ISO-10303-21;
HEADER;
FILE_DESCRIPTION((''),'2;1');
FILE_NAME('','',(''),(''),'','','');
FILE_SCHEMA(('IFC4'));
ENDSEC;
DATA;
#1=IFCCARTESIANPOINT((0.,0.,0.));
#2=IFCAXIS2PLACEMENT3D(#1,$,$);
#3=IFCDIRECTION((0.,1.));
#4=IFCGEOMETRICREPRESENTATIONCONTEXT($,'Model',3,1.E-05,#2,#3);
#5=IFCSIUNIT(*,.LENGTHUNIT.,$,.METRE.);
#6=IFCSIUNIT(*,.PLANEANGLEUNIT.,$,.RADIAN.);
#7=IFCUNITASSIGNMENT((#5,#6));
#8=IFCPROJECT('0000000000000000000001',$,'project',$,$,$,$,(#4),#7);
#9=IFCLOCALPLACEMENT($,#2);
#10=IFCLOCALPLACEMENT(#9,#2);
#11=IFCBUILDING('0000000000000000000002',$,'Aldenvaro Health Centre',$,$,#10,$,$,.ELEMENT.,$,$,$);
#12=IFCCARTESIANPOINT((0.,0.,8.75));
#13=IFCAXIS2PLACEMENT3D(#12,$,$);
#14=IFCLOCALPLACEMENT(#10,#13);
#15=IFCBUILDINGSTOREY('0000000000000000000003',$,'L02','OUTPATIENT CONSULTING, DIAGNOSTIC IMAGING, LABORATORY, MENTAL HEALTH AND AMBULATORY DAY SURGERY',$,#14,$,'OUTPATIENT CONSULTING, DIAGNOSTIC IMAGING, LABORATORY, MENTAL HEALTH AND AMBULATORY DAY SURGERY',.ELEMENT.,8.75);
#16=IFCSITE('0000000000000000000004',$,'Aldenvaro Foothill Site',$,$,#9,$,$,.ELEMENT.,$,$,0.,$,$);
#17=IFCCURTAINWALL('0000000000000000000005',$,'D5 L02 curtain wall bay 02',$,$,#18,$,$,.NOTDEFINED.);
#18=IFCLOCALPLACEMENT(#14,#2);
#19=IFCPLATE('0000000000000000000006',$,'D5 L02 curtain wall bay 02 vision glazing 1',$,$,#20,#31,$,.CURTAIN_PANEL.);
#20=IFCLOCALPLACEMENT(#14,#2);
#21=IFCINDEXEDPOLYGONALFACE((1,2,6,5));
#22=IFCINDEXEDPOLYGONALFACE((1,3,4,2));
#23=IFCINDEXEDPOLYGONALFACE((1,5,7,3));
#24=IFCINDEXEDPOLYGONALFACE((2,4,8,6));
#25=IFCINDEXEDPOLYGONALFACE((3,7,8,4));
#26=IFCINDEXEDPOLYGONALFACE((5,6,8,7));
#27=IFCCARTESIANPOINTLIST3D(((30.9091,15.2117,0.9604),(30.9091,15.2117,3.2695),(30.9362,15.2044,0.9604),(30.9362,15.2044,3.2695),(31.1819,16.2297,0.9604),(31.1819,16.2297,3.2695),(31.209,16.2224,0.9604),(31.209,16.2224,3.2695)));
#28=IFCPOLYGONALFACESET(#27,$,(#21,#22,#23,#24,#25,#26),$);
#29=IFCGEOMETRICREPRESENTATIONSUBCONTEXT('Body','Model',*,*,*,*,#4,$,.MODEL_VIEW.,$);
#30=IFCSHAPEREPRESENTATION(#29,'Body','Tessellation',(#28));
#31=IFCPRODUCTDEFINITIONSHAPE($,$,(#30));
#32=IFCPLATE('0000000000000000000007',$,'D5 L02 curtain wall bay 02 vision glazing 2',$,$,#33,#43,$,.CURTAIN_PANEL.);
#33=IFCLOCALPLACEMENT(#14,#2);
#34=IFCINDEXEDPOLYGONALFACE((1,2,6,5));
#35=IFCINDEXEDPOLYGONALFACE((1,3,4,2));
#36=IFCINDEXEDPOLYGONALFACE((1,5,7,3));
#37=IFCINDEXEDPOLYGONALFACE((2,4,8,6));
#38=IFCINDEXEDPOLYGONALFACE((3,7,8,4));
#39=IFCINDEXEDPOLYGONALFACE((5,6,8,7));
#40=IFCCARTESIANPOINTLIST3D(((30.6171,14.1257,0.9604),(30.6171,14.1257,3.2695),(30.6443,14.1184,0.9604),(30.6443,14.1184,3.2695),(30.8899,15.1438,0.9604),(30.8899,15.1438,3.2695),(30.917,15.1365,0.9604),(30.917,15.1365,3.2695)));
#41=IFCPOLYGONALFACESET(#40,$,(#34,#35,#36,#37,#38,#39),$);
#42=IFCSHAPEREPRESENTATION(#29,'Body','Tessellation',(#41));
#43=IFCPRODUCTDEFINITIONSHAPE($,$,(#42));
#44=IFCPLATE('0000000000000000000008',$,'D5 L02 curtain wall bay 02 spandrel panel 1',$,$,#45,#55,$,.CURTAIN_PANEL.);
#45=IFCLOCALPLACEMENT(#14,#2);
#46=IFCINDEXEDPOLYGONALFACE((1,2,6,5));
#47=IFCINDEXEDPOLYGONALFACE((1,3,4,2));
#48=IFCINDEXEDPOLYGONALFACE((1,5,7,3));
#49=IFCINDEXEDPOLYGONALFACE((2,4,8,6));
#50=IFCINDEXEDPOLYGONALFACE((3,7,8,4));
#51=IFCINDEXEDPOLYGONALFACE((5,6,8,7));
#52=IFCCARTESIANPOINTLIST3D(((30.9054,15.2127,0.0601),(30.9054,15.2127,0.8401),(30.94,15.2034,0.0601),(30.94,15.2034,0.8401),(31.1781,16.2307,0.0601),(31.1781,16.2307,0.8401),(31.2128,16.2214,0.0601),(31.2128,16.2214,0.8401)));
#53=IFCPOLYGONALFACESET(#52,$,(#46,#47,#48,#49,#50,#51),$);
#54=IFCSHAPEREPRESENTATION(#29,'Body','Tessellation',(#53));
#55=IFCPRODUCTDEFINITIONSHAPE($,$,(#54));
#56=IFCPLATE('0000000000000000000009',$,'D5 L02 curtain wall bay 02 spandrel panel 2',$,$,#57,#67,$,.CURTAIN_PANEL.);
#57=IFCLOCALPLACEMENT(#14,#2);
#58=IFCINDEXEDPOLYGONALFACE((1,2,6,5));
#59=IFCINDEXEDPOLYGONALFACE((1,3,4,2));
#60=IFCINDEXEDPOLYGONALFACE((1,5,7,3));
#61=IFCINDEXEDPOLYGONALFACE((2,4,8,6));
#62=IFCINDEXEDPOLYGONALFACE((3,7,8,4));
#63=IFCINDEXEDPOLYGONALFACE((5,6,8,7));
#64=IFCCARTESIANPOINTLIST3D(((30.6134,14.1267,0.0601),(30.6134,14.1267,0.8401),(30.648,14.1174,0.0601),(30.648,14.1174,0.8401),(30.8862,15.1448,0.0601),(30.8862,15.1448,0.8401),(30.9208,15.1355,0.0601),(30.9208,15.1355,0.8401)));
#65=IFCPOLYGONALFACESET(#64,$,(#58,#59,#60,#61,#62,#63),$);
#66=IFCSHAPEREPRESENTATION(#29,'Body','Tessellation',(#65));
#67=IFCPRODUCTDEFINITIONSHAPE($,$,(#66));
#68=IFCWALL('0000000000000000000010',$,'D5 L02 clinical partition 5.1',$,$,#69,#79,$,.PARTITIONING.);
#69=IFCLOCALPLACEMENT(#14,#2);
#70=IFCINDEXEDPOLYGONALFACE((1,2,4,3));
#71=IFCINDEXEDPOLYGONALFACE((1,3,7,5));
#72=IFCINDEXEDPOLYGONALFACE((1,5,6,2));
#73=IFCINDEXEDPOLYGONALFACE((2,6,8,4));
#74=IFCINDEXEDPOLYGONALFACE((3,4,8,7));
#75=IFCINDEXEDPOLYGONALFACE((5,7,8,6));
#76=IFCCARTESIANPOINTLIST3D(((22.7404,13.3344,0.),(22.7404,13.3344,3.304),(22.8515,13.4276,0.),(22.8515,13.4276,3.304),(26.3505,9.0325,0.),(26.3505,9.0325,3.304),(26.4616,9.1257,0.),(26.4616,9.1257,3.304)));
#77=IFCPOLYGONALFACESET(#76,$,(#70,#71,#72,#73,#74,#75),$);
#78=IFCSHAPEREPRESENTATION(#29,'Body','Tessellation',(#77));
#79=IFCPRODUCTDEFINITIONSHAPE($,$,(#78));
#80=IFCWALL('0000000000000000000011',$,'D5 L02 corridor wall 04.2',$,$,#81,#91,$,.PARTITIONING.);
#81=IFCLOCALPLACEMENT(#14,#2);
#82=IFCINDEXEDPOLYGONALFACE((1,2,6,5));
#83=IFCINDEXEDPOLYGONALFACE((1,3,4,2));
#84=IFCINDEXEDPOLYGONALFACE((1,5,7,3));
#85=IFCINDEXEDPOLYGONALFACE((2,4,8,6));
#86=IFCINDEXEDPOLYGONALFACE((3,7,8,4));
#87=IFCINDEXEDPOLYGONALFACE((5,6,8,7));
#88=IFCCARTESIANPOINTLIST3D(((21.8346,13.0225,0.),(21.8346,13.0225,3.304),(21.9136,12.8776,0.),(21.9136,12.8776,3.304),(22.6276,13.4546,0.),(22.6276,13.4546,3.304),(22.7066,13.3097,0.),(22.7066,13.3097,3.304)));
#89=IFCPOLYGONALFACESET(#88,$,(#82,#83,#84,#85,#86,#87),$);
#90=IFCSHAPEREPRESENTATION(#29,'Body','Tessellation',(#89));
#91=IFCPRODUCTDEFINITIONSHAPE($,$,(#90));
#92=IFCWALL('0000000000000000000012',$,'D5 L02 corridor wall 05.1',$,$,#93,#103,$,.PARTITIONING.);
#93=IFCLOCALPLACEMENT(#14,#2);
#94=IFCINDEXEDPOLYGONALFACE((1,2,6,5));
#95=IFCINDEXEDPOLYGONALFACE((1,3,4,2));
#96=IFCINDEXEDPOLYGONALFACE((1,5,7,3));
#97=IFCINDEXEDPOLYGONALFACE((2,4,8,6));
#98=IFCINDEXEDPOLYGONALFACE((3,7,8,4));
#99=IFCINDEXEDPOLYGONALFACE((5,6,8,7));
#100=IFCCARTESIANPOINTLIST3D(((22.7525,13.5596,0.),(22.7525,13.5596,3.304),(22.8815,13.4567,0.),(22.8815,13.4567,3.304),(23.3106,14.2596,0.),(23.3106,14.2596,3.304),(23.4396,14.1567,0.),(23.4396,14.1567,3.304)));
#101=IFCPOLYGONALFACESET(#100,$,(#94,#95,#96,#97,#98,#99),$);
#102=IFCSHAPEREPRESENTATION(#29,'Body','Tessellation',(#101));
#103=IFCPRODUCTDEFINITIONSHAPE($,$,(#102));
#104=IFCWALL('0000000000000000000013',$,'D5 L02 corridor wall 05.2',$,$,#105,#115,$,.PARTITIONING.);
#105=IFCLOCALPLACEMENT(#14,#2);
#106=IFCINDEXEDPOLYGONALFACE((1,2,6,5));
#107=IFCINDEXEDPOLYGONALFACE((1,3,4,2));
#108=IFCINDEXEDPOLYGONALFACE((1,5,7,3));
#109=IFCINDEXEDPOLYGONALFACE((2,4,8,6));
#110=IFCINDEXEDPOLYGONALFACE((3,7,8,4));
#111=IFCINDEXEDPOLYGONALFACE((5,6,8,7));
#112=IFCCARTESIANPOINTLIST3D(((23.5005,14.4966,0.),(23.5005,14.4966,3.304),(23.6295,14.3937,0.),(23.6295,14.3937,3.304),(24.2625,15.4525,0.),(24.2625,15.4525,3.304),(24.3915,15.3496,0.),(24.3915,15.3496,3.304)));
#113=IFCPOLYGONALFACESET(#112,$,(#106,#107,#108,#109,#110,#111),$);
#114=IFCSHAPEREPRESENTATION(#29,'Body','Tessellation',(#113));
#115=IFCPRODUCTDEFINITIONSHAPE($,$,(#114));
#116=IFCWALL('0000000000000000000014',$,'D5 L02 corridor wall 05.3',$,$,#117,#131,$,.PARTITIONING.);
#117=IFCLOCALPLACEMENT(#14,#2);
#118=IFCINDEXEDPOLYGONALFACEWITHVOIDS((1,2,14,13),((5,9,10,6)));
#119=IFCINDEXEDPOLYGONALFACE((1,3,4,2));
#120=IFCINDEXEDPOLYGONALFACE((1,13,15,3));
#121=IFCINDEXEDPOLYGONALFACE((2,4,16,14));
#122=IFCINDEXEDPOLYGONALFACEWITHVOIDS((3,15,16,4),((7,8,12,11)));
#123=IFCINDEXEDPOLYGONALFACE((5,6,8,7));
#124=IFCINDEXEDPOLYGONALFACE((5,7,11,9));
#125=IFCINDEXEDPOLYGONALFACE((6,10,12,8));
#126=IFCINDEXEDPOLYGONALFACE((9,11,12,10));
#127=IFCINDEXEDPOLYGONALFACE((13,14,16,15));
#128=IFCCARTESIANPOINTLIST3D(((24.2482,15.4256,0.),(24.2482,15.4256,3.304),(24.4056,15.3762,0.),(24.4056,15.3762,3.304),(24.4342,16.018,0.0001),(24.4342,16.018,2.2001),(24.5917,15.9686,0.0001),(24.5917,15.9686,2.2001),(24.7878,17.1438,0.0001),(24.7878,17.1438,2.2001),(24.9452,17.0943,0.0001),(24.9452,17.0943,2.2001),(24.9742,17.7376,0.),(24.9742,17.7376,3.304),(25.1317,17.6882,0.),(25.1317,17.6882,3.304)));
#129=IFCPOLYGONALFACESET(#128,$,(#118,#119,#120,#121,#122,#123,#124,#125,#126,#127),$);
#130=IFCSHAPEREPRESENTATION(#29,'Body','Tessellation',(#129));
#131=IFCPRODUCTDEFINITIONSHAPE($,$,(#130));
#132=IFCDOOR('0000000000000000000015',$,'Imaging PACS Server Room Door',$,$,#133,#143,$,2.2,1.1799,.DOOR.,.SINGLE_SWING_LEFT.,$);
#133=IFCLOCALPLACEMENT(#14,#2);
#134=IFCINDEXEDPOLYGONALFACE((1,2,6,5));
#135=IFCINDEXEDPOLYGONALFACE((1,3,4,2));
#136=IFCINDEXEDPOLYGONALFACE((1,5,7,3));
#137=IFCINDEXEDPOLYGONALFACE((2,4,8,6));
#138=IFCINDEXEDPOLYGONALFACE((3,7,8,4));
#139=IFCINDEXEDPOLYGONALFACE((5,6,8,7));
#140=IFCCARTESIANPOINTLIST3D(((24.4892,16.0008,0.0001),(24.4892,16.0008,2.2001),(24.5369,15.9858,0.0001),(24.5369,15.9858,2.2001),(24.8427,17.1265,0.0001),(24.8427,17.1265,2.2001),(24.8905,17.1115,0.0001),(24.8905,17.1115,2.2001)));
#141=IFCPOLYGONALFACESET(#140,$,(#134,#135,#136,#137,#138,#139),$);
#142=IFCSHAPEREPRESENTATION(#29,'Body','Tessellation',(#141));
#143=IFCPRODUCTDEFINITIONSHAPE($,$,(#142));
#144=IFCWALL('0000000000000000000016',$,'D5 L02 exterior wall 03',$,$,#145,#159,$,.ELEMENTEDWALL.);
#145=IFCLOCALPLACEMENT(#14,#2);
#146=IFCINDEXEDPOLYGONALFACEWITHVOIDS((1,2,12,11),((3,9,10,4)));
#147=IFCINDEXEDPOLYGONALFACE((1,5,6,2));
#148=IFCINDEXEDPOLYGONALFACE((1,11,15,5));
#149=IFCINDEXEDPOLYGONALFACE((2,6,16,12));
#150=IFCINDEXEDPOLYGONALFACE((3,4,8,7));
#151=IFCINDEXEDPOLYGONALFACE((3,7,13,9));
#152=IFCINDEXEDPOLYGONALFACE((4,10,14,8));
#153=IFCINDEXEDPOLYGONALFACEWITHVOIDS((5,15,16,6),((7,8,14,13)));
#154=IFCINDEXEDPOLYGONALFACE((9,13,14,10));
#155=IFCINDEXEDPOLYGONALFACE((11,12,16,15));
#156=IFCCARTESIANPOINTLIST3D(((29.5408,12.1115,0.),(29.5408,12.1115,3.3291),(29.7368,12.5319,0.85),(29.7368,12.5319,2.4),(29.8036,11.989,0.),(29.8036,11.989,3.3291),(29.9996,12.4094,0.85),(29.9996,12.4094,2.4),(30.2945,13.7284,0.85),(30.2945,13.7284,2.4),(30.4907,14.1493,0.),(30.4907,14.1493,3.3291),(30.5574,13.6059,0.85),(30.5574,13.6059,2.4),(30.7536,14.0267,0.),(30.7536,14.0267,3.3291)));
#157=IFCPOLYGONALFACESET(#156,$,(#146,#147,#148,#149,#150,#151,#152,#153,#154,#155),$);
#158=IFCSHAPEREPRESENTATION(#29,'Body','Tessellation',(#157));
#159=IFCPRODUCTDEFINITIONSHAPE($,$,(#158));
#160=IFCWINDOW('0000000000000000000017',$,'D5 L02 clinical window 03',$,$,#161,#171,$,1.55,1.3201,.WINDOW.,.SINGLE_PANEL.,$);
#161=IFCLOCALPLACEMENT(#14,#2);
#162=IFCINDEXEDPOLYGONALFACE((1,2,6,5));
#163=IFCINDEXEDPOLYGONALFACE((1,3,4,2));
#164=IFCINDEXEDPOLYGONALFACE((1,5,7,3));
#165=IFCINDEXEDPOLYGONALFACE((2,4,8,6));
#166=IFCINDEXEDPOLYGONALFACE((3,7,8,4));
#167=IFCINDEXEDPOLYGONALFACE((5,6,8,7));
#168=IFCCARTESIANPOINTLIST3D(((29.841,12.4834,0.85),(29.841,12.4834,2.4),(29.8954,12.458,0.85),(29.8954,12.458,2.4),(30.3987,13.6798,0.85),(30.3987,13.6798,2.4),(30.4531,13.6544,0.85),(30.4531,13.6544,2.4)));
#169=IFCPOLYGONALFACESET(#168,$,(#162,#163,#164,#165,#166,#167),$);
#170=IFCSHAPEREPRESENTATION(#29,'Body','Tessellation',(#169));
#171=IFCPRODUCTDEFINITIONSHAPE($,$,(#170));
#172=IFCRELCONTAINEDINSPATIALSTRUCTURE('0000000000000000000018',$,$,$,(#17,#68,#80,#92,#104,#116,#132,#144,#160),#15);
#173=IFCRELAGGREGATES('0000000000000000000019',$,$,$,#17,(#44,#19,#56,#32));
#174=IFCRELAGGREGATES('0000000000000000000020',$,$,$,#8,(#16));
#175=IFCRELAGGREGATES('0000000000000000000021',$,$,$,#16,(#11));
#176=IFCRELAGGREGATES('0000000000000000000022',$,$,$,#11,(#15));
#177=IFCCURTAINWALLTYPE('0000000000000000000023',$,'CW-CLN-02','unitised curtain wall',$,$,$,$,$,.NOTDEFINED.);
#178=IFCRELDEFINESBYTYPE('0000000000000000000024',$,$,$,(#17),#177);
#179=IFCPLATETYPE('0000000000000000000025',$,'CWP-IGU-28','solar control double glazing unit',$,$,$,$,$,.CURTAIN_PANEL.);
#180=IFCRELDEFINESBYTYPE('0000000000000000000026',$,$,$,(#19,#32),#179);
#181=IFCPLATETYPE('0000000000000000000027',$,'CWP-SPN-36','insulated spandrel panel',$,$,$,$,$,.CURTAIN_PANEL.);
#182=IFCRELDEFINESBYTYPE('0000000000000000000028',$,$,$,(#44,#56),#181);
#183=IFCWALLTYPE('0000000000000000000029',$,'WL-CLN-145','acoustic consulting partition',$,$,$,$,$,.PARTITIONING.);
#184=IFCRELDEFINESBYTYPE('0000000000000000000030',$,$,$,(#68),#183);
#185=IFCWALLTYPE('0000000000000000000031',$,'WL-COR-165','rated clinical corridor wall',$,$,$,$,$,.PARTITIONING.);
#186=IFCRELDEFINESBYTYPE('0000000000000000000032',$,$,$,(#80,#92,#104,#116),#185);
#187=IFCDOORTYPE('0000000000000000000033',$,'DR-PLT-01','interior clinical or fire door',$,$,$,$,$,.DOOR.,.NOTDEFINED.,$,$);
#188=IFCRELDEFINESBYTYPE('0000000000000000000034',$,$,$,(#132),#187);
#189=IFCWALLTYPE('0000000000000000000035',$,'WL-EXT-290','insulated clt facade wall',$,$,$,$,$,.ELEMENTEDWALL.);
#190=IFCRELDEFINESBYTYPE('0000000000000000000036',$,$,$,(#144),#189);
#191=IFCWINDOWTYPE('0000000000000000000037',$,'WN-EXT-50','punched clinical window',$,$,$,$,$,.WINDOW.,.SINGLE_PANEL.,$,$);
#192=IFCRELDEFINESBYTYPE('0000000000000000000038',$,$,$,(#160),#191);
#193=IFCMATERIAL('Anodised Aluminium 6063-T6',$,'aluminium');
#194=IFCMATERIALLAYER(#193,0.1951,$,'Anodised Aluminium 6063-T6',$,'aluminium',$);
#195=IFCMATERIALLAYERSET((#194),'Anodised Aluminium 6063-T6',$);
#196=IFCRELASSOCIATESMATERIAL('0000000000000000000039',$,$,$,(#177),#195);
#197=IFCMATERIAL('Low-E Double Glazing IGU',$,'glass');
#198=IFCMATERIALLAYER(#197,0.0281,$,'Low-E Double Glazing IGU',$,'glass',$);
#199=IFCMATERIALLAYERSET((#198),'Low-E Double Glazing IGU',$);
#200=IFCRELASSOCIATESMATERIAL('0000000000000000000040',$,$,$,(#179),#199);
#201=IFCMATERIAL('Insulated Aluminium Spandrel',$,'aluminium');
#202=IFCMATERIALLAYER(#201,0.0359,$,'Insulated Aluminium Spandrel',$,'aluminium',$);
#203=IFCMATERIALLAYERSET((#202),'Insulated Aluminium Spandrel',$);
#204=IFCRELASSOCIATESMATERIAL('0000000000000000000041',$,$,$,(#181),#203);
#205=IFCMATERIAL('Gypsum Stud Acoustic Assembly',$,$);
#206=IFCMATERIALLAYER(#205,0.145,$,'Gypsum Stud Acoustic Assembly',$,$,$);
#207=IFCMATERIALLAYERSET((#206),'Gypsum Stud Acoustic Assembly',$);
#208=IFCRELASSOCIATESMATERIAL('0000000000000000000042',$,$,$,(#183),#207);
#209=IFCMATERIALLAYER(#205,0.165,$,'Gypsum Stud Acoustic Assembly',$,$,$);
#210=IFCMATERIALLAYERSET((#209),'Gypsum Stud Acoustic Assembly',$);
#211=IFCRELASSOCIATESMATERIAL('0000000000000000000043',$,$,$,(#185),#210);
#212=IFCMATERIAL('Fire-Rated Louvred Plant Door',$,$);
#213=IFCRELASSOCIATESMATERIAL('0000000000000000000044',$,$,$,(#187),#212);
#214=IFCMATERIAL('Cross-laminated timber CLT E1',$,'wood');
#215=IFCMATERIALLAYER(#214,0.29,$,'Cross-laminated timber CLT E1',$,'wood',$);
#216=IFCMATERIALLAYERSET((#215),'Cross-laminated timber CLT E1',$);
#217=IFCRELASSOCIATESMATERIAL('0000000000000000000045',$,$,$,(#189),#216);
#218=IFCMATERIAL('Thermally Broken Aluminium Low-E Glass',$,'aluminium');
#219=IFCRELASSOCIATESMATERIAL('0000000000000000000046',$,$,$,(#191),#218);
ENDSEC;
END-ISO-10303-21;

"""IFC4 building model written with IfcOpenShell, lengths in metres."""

from ifc_helpers import new_model, si_unit, direction, frame, frame_2d, origin, origin_2d, place, context, subcontext, project, spatial, rectangle, extrude, material, layer, layer_set, type_object, element, fill, aggregate, save


model = new_model("IFC4")

# Units and contexts
model_context = context("Model", 3, precision=1e-05, world=origin(), true_north=direction((0.0, 1.0)))
body_context = subcontext(model_context, "Body", "Model", "MODEL_VIEW")
ifc_project = project(units=[si_unit("LENGTHUNIT", "METRE"), si_unit("PLANEANGLEUNIT", "RADIAN")], contexts=[model_context])

# Site, building, storey
site_placement = place(None, origin())
site = spatial("IfcSite", under=ifc_project, at=site_placement, Name="Aldenvaro Foothill Site", CompositionType="ELEMENT", RefElevation=0.0)
building_placement = place(site_placement, origin())
building = spatial("IfcBuilding", under=site, at=building_placement, Name="Aldenvaro Health Centre", CompositionType="ELEMENT")
storey_placement = place(building_placement, frame((0.0, 0.0, 8.75)))
storey = spatial("IfcBuildingStorey", under=building, at=storey_placement, Name="L02", Description="OUTPATIENT CONSULTING, DIAGNOSTIC IMAGING, LABORATORY, MENTAL HEALTH AND AMBULATORY DAY SURGERY", LongName="OUTPATIENT CONSULTING, DIAGNOSTIC IMAGING, LABORATORY, MENTAL HEALTH AND AMBULATORY DAY SURGERY", CompositionType="ELEMENT", Elevation=8.75)

# Curtain wall, plates
ifc_material_1 = material(Name="Anodised Aluminium 6063-T6", Category="aluminium")
ifc_layer_1 = layer(ifc_material_1, 0.1951, Name="Anodised Aluminium 6063-T6", Category="aluminium")
ifc_layer_set_1 = layer_set([ifc_layer_1], Name="Anodised Aluminium 6063-T6")
curtain_wall_type = type_object("IfcCurtainWallType", Name="CW-CLN-02", Description="unitised curtain wall", PredefinedType="NOTDEFINED", material=ifc_layer_set_1)
curtain_wall_placement = place(storey_placement, origin())
curtain_wall = element("IfcCurtainWall", 1, at=curtain_wall_placement, inside=storey, type_object=curtain_wall_type, Name="D5 L02 curtain wall bay 02", PredefinedType="NOTDEFINED")
ifc_material_2 = material(Name="Low-E Double Glazing IGU", Category="glass")
ifc_layer_2 = layer(ifc_material_2, 0.0281, Name="Low-E Double Glazing IGU", Category="glass")
ifc_layer_set_2 = layer_set([ifc_layer_2], Name="Low-E Double Glazing IGU")
plate_type_1 = type_object("IfcPlateType", Name="CWP-IGU-28", Description="solar control double glazing unit", PredefinedType="CURTAIN_PANEL", material=ifc_layer_set_2)
plate_1_placement = place(storey_placement, frame((31.0591, 15.717, 0.9604), z_axis=(0.0, 0.0, 1.0), x_axis=(-0.258825, -0.965924, 0.0)))
plate_1 = element("IfcPlate", 2, at=plate_1_placement, type_object=plate_type_1, Name="D5 L02 curtain wall bay 02 vision glazing 1", PredefinedType="CURTAIN_PANEL", context=body_context, shape_type="SweptSolid", body=[
    extrude(rectangle(XDim=1.054, YDim=0.0281, at=origin_2d()), origin(), (0.0, 0.0, 1.0), 2.3091),
])
plate_2_placement = place(storey_placement, frame((30.7671, 14.6311, 0.9604), z_axis=(0.0, 0.0, 1.0), x_axis=(-0.258825, -0.965924, 0.0)))
plate_2 = element("IfcPlate", 3, at=plate_2_placement, type_object=plate_type_1, Name="D5 L02 curtain wall bay 02 vision glazing 2", PredefinedType="CURTAIN_PANEL", context=body_context, shape_type="SweptSolid", body=[
    extrude(rectangle(XDim=1.054, YDim=0.0281, at=origin_2d()), origin(), (0.0, 0.0, 1.0), 2.3091),
])
ifc_material_3 = material(Name="Insulated Aluminium Spandrel", Category="aluminium")
ifc_layer_3 = layer(ifc_material_3, 0.0359, Name="Insulated Aluminium Spandrel", Category="aluminium")
ifc_layer_set_3 = layer_set([ifc_layer_3], Name="Insulated Aluminium Spandrel")
plate_type_2 = type_object("IfcPlateType", Name="CWP-SPN-36", Description="insulated spandrel panel", PredefinedType="CURTAIN_PANEL", material=ifc_layer_set_3)
plate_3_placement = place(storey_placement, frame((31.0591, 15.717, 0.0601), z_axis=(0.0, 0.0, 1.0), x_axis=(-0.258825, -0.965924, 0.0)))
plate_3 = element("IfcPlate", 4, at=plate_3_placement, type_object=plate_type_2, Name="D5 L02 curtain wall bay 02 spandrel panel 1", PredefinedType="CURTAIN_PANEL", context=body_context, shape_type="SweptSolid", body=[
    extrude(rectangle(XDim=1.054, YDim=0.0359, at=origin_2d()), origin(), (0.0, 0.0, 1.0), 0.78),
])
plate_4_placement = place(storey_placement, frame((30.7671, 14.6311, 0.0601), z_axis=(0.0, 0.0, 1.0), x_axis=(-0.258825, -0.965924, 0.0)))
plate_4 = element("IfcPlate", 5, at=plate_4_placement, type_object=plate_type_2, Name="D5 L02 curtain wall bay 02 spandrel panel 2", PredefinedType="CURTAIN_PANEL", context=body_context, shape_type="SweptSolid", body=[
    extrude(rectangle(XDim=1.054, YDim=0.0359, at=origin_2d()), origin(), (0.0, 0.0, 1.0), 0.78),
])
aggregate(curtain_wall, [plate_3, plate_1, plate_4, plate_2])

# Walls
ifc_material_4 = material(Name="Gypsum Stud Acoustic Assembly")
ifc_layer_4 = layer(ifc_material_4, 0.145, Name="Gypsum Stud Acoustic Assembly")
ifc_layer_set_4 = layer_set([ifc_layer_4], Name="Gypsum Stud Acoustic Assembly")
wall_type_1 = type_object("IfcWallType", Name="WL-CLN-145", Description="acoustic consulting partition", PredefinedType="PARTITIONING", material=ifc_layer_set_4)
wall_1_placement = place(storey_placement, frame((22.7959, 13.3811, 0.0), z_axis=(0.0, 0.0, 1.0), x_axis=(0.642819, -0.766018, 0.0)))
element("IfcWall", 6, at=wall_1_placement, inside=storey, type_object=wall_type_1, Name="D5 L02 clinical partition 5.1", PredefinedType="PARTITIONING", context=body_context, shape_type="SweptSolid", body=[
    extrude(rectangle(XDim=5.616, YDim=0.145, at=frame_2d((2.8081, 0.0))), origin(), (0.0, 0.0, 1.0), 3.304),
])
ifc_layer_5 = layer(ifc_material_4, 0.165, Name="Gypsum Stud Acoustic Assembly")
ifc_layer_set_5 = layer_set([ifc_layer_5], Name="Gypsum Stud Acoustic Assembly")
wall_type_2 = type_object("IfcWallType", Name="WL-COR-165", Description="rated clinical corridor wall", PredefinedType="PARTITIONING", material=ifc_layer_set_5)
wall_2_placement = place(storey_placement, frame((21.874, 12.95, 0.0), z_axis=(0.0, 0.0, 1.0), x_axis=(0.878081, 0.478511, 0.0)))
element("IfcWall", 7, at=wall_2_placement, inside=storey, type_object=wall_type_2, Name="D5 L02 corridor wall 04.2", PredefinedType="PARTITIONING", context=body_context, shape_type="SweptSolid", body=[
    extrude(rectangle(XDim=0.9031, YDim=0.165, at=frame_2d((0.4517, 0.0))), origin(), (0.0, 0.0, 1.0), 3.304),
])
wall_3_placement = place(storey_placement, frame((22.8169, 13.5081, 0.0), z_axis=(0.0, 0.0, 1.0), x_axis=(0.62343, 0.781879, 0.0)))
element("IfcWall", 8, at=wall_3_placement, inside=storey, type_object=wall_type_2, Name="D5 L02 corridor wall 05.1", PredefinedType="PARTITIONING", context=body_context, shape_type="SweptSolid", body=[
    extrude(rectangle(XDim=0.8953, YDim=0.165, at=frame_2d((0.4478, 0.0))), origin(), (0.0, 0.0, 1.0), 3.304),
])
wall_4_placement = place(storey_placement, frame((23.5649, 14.4451, 0.0), z_axis=(0.0, 0.0, 1.0), x_axis=(0.623354, 0.781939, 0.0)))
element("IfcWall", 9, at=wall_4_placement, inside=storey, type_object=wall_type_2, Name="D5 L02 corridor wall 05.2", PredefinedType="PARTITIONING", context=body_context, shape_type="SweptSolid", body=[
    extrude(rectangle(XDim=1.2224, YDim=0.165, at=frame_2d((0.6113, 0.0))), origin(), (0.0, 0.0, 1.0), 3.304),
])

# Wall, opening, door
wall_5_placement = place(storey_placement, frame((24.3269, 15.4009, 0.0), z_axis=(0.0, 0.0, 1.0), x_axis=(0.299617, 0.95406, 0.0)))
wall_5 = element("IfcWall", 10, at=wall_5_placement, inside=storey, type_object=wall_type_2, Name="D5 L02 corridor wall 05.3", PredefinedType="PARTITIONING", context=body_context, shape_type="SweptSolid", body=[
    extrude(rectangle(XDim=2.4233, YDim=0.165, at=frame_2d((1.2117, 0.0))), origin(), (0.0, 0.0, 1.0), 3.304),
])
opening_1_placement = place(wall_5_placement, frame((0.6211, 0.0, 0.0)))
opening_1 = element("IfcOpeningElement", 11, at=opening_1_placement, cuts=wall_5, PredefinedType="OPENING", context=body_context, shape_type="SweptSolid", body=[
    extrude(rectangle(XDim=1.1799, YDim=2.2, at=frame_2d((0.5898, 1.1001))), frame((0.0, 0.0925, 0.0), z_axis=(0.0, -1.0, 0.0), x_axis=(1.0, 0.0, 0.0)), (0.0, 0.0, 1.0), 0.1851),
])
ifc_material_5 = material(Name="Fire-Rated Louvred Plant Door")
door_type_1 = type_object("IfcDoorType", Name="DR-PLT-01", Description="interior clinical or fire door", OperationType="NOTDEFINED", PredefinedType="DOOR", material=ifc_material_5)
door_1_placement = place(opening_1_placement, origin())
door_1 = element("IfcDoor", 12, at=door_1_placement, inside=storey, type_object=door_type_1, Name="Imaging PACS Server Room Door", OperationType="SINGLE_SWING_LEFT", OverallHeight=2.2, OverallWidth=1.1799, PredefinedType="DOOR", context=body_context, shape_type="SweptSolid", body=[
    extrude(rectangle(XDim=1.1799, YDim=2.2, at=frame_2d((0.5898, 1.1001))), frame((0.0, 0.0249, 0.0), z_axis=(0.0, -1.0, 0.0), x_axis=(1.0, 0.0, 0.0)), (0.0, 0.0, 1.0), 0.05),
])
fill(opening_1, door_1)

# Wall, opening, window
ifc_material_6 = material(Name="Cross-laminated timber CLT E1", Category="wood")
ifc_layer_6 = layer(ifc_material_6, 0.29, Name="Cross-laminated timber CLT E1", Category="wood")
ifc_layer_set_6 = layer_set([ifc_layer_6], Name="Cross-laminated timber CLT E1")
wall_type_3 = type_object("IfcWallType", Name="WL-EXT-290", Description="insulated clt facade wall", PredefinedType="ELEMENTEDWALL", material=ifc_layer_set_6)
wall_6_placement = place(storey_placement, frame((30.6221, 14.0879, 0.0), z_axis=(0.0, 0.0, 1.0), x_axis=(-0.422505, -0.906361, 0.0)))
wall_6 = element("IfcWall", 13, at=wall_6_placement, inside=storey, type_object=wall_type_3, Name="D5 L02 exterior wall 03", PredefinedType="ELEMENTEDWALL", context=body_context, shape_type="SweptSolid", body=[
    extrude(rectangle(XDim=2.2483, YDim=0.29, at=frame_2d((1.124, 0.0))), origin(), (0.0, 0.0, 1.0), 3.3291),
])
opening_2_placement = place(wall_6_placement, frame((0.4641, 0.0, 0.8501)))
opening_2 = element("IfcOpeningElement", 14, at=opening_2_placement, cuts=wall_6, PredefinedType="OPENING", context=body_context, shape_type="SweptSolid", body=[
    extrude(rectangle(XDim=1.3201, YDim=1.55, at=frame_2d((0.6602, 0.7749))), frame((0.0, 0.155, 0.0), z_axis=(0.0, -1.0, 0.0), x_axis=(1.0, 0.0, 0.0)), (0.0, 0.0, 1.0), 0.3101),
])
ifc_material_7 = material(Name="Thermally Broken Aluminium Low-E Glass", Category="aluminium")
window_type_1 = type_object("IfcWindowType", Name="WN-EXT-50", Description="punched clinical window", PartitioningType="SINGLE_PANEL", PredefinedType="WINDOW", material=ifc_material_7)
window_1_placement = place(opening_2_placement, origin())
window_1 = element("IfcWindow", 15, at=window_1_placement, inside=storey, type_object=window_type_1, Name="D5 L02 clinical window 03", OverallHeight=1.55, OverallWidth=1.3201, PartitioningType="SINGLE_PANEL", PredefinedType="WINDOW", context=body_context, shape_type="SweptSolid", body=[
    extrude(rectangle(XDim=1.3201, YDim=1.55, at=frame_2d((0.6602, 0.7749))), frame((0.0, 0.03, 0.0), z_axis=(0.0, -1.0, 0.0), x_axis=(1.0, 0.0, 0.0)), (0.0, 0.0, 1.0), 0.0601),
])
fill(opening_2, window_1)

save(model, "model.ifc")
